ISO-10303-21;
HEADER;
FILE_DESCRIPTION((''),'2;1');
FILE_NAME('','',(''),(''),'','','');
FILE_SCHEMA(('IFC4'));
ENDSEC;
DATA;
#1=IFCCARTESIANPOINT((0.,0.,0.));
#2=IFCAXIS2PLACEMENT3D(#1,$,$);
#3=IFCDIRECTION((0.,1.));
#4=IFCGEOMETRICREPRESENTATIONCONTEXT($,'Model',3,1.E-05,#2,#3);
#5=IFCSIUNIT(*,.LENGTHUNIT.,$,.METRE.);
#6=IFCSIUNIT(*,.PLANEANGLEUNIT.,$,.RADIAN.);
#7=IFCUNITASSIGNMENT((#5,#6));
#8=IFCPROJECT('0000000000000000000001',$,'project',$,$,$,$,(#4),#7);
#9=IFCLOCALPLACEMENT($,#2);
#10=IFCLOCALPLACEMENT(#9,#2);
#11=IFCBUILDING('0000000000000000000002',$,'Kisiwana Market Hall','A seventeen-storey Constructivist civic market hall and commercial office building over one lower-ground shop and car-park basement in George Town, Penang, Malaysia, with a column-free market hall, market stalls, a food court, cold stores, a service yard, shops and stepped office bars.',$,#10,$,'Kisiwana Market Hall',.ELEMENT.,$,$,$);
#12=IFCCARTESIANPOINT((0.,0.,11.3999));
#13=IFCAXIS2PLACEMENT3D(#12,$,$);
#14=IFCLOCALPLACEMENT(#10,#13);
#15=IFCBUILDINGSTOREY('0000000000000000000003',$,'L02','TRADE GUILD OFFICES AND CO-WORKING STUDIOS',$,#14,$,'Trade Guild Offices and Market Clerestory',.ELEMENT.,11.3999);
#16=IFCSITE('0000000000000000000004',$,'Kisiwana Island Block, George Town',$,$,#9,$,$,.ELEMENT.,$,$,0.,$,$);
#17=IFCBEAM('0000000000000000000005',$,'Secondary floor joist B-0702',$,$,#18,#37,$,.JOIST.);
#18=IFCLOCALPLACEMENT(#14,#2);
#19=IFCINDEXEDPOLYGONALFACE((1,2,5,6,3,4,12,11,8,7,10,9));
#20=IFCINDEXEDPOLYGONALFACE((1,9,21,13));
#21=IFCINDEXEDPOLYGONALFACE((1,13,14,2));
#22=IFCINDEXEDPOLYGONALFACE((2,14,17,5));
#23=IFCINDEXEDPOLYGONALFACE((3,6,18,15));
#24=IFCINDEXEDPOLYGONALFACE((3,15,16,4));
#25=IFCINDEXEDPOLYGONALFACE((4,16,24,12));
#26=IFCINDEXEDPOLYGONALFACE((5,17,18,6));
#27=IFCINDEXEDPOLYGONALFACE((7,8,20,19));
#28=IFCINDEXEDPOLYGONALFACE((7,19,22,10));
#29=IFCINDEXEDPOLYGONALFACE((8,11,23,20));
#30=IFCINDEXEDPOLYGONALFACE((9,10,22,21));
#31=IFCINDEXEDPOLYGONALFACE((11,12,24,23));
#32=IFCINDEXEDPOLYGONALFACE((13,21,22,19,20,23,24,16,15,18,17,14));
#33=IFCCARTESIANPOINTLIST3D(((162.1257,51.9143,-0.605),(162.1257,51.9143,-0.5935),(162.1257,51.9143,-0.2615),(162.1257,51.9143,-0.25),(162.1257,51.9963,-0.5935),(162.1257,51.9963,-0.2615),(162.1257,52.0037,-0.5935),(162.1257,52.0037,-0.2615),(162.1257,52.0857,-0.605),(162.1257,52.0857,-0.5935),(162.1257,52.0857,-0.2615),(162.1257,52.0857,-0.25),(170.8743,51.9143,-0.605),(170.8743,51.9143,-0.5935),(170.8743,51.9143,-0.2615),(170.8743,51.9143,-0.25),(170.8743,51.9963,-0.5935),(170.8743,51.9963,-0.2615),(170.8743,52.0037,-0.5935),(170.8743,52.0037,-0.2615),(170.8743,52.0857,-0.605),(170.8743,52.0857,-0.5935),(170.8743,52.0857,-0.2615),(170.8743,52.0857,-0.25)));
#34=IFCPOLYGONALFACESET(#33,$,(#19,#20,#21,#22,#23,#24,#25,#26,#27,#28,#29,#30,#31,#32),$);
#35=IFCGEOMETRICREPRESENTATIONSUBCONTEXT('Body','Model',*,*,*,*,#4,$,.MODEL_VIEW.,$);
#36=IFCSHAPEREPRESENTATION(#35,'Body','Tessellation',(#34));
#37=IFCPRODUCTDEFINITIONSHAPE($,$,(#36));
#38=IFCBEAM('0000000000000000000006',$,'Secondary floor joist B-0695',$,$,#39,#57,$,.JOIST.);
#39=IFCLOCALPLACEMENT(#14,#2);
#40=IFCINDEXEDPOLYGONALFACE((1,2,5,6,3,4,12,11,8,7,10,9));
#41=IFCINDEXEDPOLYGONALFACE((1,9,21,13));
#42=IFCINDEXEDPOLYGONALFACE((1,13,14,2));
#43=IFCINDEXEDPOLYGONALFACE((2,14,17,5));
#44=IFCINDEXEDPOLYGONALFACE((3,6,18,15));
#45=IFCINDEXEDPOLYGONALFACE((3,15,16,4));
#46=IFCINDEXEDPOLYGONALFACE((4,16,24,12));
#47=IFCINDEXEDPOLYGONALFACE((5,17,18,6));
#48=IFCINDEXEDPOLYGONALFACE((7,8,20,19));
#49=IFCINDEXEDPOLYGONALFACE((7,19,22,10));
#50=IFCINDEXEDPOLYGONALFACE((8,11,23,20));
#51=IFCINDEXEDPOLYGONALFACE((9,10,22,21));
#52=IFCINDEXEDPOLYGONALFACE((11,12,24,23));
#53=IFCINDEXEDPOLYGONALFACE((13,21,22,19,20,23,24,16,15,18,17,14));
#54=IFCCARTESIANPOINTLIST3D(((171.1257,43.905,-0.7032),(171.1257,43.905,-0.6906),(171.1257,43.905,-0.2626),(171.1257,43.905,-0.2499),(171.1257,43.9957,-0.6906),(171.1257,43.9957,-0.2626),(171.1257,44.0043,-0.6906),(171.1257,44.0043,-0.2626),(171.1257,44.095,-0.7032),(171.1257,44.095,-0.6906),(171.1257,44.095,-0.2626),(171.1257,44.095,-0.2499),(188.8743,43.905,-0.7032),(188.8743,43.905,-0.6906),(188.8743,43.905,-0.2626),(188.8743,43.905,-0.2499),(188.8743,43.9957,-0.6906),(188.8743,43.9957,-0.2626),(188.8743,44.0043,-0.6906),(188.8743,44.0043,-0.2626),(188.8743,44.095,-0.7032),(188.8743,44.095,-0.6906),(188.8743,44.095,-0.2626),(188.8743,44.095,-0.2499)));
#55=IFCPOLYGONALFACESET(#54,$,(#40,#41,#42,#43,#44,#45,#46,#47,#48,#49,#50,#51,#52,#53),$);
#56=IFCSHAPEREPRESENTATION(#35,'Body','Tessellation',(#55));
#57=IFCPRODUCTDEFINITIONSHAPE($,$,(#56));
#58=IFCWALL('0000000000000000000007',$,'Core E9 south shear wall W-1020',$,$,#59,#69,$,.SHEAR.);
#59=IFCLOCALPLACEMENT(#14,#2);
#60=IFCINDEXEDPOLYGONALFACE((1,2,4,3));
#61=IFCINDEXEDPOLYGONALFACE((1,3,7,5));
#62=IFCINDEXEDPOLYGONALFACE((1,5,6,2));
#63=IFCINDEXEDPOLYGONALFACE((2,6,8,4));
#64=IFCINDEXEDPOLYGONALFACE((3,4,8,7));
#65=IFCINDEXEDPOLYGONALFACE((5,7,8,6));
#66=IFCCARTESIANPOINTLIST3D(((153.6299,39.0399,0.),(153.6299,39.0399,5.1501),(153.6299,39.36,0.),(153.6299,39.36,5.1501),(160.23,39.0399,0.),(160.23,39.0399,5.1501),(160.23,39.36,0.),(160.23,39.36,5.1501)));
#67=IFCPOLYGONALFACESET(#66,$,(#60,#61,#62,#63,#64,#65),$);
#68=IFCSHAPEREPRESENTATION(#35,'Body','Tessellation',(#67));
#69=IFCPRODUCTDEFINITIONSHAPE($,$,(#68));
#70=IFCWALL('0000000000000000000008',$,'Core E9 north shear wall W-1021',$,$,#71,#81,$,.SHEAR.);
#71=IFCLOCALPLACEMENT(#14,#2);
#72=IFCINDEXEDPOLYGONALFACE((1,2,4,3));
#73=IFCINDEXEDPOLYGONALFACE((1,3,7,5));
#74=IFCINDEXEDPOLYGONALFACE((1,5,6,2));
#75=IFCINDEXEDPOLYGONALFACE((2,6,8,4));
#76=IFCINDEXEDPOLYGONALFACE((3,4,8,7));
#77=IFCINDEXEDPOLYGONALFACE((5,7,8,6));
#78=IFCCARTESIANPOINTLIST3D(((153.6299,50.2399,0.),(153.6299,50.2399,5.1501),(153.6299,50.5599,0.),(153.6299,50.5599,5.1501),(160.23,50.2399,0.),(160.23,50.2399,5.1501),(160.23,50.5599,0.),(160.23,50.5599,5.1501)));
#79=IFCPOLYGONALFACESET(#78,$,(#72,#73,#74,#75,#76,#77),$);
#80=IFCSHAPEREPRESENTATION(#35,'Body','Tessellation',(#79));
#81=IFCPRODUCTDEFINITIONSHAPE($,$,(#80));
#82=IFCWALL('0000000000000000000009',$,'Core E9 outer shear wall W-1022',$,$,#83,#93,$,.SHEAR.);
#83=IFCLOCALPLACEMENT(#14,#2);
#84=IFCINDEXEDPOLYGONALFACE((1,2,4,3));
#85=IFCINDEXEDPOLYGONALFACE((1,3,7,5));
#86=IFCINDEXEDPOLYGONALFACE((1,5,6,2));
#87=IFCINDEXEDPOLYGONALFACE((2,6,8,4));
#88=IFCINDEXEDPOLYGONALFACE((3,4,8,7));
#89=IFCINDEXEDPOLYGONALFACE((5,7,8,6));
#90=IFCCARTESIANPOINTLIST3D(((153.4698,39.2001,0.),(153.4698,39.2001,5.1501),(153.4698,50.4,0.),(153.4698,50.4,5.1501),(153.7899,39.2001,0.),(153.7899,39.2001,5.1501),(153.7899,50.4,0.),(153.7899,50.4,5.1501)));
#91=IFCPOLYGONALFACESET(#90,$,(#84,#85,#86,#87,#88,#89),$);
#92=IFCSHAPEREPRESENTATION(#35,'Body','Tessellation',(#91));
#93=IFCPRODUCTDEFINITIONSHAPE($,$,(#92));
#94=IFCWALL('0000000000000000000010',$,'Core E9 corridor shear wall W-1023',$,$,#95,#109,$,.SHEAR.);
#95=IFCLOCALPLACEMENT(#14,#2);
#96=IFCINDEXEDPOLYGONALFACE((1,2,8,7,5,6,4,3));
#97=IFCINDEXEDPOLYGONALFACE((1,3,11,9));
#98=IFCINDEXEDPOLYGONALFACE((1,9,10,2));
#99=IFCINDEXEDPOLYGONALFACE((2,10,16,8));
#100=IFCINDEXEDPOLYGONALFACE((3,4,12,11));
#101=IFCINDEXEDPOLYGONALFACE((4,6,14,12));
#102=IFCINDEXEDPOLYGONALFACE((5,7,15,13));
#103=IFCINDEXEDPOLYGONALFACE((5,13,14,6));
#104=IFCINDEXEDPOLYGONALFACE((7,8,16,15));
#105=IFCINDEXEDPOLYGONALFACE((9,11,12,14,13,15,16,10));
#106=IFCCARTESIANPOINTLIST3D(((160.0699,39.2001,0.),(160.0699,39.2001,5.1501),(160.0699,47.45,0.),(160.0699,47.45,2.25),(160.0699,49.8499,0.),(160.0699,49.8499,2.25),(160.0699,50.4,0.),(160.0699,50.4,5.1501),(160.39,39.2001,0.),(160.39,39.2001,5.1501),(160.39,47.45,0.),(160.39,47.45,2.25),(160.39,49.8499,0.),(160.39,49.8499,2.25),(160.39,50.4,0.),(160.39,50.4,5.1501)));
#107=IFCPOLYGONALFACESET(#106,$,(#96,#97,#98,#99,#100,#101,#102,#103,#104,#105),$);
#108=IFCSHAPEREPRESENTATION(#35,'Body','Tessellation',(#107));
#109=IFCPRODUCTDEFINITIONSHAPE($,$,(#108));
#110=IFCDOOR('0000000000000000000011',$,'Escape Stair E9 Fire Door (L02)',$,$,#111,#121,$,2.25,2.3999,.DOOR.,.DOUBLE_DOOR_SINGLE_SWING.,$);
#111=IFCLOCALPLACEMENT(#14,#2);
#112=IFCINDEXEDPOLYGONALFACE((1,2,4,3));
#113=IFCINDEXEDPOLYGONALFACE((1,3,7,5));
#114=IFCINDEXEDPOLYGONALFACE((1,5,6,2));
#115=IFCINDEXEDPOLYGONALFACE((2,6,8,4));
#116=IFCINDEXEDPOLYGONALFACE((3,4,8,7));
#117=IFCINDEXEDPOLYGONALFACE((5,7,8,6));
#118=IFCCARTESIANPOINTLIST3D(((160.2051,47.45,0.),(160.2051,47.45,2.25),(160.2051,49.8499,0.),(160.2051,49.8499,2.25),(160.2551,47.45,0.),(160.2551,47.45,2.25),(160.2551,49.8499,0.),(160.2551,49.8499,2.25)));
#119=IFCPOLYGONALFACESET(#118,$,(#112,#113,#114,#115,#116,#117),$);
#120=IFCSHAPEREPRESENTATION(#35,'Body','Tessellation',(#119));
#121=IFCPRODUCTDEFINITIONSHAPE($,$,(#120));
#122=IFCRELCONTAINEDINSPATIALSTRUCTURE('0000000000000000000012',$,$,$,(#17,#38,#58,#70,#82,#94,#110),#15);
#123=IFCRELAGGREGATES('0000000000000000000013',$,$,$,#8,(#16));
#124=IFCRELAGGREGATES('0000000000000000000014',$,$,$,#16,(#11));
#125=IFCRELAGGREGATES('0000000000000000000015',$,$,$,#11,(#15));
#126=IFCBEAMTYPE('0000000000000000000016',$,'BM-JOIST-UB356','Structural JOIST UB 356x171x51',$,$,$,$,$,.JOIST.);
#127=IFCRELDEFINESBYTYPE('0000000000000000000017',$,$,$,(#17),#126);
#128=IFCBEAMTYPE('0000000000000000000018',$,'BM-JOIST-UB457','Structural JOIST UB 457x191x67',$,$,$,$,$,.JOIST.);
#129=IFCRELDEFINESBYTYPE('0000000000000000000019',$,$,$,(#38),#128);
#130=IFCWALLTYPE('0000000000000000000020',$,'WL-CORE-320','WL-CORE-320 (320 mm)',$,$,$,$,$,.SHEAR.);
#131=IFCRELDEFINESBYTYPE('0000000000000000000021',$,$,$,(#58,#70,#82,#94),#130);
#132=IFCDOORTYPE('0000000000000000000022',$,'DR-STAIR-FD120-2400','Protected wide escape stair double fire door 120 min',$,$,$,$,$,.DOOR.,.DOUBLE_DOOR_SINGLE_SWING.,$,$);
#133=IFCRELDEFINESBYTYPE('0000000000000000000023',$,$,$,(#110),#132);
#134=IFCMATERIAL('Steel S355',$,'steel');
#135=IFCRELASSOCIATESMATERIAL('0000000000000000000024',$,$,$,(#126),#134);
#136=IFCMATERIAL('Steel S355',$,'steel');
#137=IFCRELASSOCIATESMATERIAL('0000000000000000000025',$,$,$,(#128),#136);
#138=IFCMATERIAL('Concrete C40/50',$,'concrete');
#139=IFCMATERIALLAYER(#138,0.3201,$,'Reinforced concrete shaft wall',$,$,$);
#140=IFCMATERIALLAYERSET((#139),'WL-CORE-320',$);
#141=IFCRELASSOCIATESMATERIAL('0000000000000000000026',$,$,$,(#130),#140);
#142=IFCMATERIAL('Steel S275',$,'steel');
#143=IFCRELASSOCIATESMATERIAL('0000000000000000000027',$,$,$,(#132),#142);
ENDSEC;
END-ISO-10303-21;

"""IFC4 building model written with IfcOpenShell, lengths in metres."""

from ifc_helpers import new_model, si_unit, direction, frame, frame_2d, origin, origin_2d, place, context, subcontext, project, spatial, rectangle, i_section, extrude, material, layer, layer_set, material_profile, profile_set, type_object, element, fill, save


model = new_model("IFC4")

# Units and contexts
model_context = context("Model", 3, precision=1e-05, world=origin(), true_north=direction((0.0, 1.0)))
body_context = subcontext(model_context, "Body", "Model", "MODEL_VIEW")
ifc_project = project(units=[si_unit("LENGTHUNIT", "METRE"), si_unit("PLANEANGLEUNIT", "RADIAN")], contexts=[model_context])

# Site, building, storey
site_placement = place(None, origin())
site = spatial("IfcSite", under=ifc_project, at=site_placement, Name="Kisiwana Island Block, George Town", CompositionType="ELEMENT", RefElevation=0.0)
building_placement = place(site_placement, origin())
building = spatial("IfcBuilding", under=site, at=building_placement, Name="Kisiwana Market Hall", Description="A seventeen-storey Constructivist civic market hall and commercial office building over one lower-ground shop and car-park basement in George Town, Penang, Malaysia, with a column-free market hall, market stalls, a food court, cold stores, a service yard, shops and stepped office bars.", LongName="Kisiwana Market Hall", CompositionType="ELEMENT")
storey_placement = place(building_placement, frame((0.0, 0.0, 11.3999)))
storey = spatial("IfcBuildingStorey", under=building, at=storey_placement, Name="L02", Description="TRADE GUILD OFFICES AND CO-WORKING STUDIOS", LongName="Trade Guild Offices and Market Clerestory", CompositionType="ELEMENT", Elevation=11.3999)

# Beams
ifc_material_1 = material(Name="Steel S355", Category="steel")
ifc_material_profile_1 = material_profile(ifc_material_1, i_section(OverallWidth=0.1714, OverallDepth=0.355, WebThickness=0.0073, FlangeThickness=0.0115, at=origin_2d()), Name="UB 356x171x51")
ifc_profile_set_1 = profile_set([ifc_material_profile_1], Name="Steel S355")
beam_type_1 = type_object("IfcBeamType", Name="BM-JOIST-UB356", Description="Structural JOIST UB 356x171x51", PredefinedType="JOIST", material=ifc_profile_set_1)
for number, where, z_axis, x_axis, name in (
    (1, (162.1257, 52.0, -0.4275), (1.0, 0.0, 0.0), (0.0, 1.0, 0.0), "Secondary floor joist B-0702"),
):
    element("IfcBeam", number, at=place(storey_placement, frame(where, z_axis=z_axis, x_axis=x_axis)), inside=storey, type_object=beam_type_1, Name=name, PredefinedType="JOIST", context=body_context, shape_type="SweptSolid", body=[
        extrude(i_section(OverallWidth=0.1714, OverallDepth=0.355, WebThickness=0.0073, FlangeThickness=0.0115, at=origin_2d()), origin(), (0.0, 0.0, 1.0), 8.7485),
    ])
ifc_material_2 = material(Name="Steel S355", Category="steel")
ifc_material_profile_2 = material_profile(ifc_material_2, i_section(OverallWidth=0.1899, OverallDepth=0.4534, WebThickness=0.0085, FlangeThickness=0.0127, at=origin_2d()), Name="UB 457x191x67")
ifc_profile_set_2 = profile_set([ifc_material_profile_2], Name="Steel S355")
beam_type_2 = type_object("IfcBeamType", Name="BM-JOIST-UB457", Description="Structural JOIST UB 457x191x67", PredefinedType="JOIST", material=ifc_profile_set_2)
beam_1_placement = place(storey_placement, frame((171.1257, 44.0, -0.4766), z_axis=(1.0, 0.0, 0.0), x_axis=(0.0, 1.0, 0.0)))
element("IfcBeam", 2, at=beam_1_placement, inside=storey, type_object=beam_type_2, Name="Secondary floor joist B-0695", PredefinedType="JOIST", context=body_context, shape_type="SweptSolid", body=[
    extrude(i_section(OverallWidth=0.1899, OverallDepth=0.4534, WebThickness=0.0085, FlangeThickness=0.0127, at=origin_2d()), origin(), (0.0, 0.0, 1.0), 17.7485),
])

# Walls
ifc_material_3 = material(Name="Concrete C40/50", Category="concrete")
ifc_layer = layer(ifc_material_3, 0.3201, Name="Reinforced concrete shaft wall")
ifc_layer_set = layer_set([ifc_layer], Name="WL-CORE-320")
wall_type = type_object("IfcWallType", Name="WL-CORE-320", Description="WL-CORE-320 (320 mm)", PredefinedType="SHEAR", material=ifc_layer_set)
for number, where, z_axis, x_axis, name in (
    (3, (153.6299, 39.2, 0.0), (0.0, 0.0, 1.0), (1.0, 0.0, 0.0), "Core E9 south shear wall W-1020"),
    (4, (153.6299, 50.3999, 0.0), (0.0, 0.0, 1.0), (1.0, 0.0, 0.0), "Core E9 north shear wall W-1021"),
):
    element("IfcWall", number, at=place(storey_placement, frame(where, z_axis=z_axis, x_axis=x_axis)), inside=storey, type_object=wall_type, Name=name, PredefinedType="SHEAR", context=body_context, shape_type="SweptSolid", body=[
        extrude(rectangle(XDim=6.6001, YDim=0.3201, at=frame_2d((3.3, 0.0))), origin(), (0.0, 0.0, 1.0), 5.1501),
    ])
wall_1_placement = place(storey_placement, frame((153.6299, 39.2, 0.0), z_axis=(0.0, 0.0, 1.0), x_axis=(0.0, 1.0, 0.0)))
element("IfcWall", 5, at=wall_1_placement, inside=storey, type_object=wall_type, Name="Core E9 outer shear wall W-1022", PredefinedType="SHEAR", context=body_context, shape_type="SweptSolid", body=[
    extrude(rectangle(XDim=11.2, YDim=0.3201, at=frame_2d((5.6001, 0.0))), origin(), (0.0, 0.0, 1.0), 5.1501),
])

# Wall, opening, door
wall_2_placement = place(storey_placement, frame((160.23, 39.2, 0.0), z_axis=(0.0, 0.0, 1.0), x_axis=(0.0, 1.0, 0.0)))
wall_2 = element("IfcWall", 6, at=wall_2_placement, inside=storey, type_object=wall_type, Name="Core E9 corridor shear wall W-1023", PredefinedType="SHEAR", context=body_context, shape_type="SweptSolid", body=[
    extrude(rectangle(XDim=11.2, YDim=0.3201, at=frame_2d((5.6001, 0.0))), origin(), (0.0, 0.0, 1.0), 5.1501),
])
opening_placement = place(wall_2_placement, frame((8.25, 0.0, 0.0)))
opening = element("IfcOpeningElement", 7, at=opening_placement, cuts=wall_2, PredefinedType="OPENING", context=body_context, shape_type="SweptSolid", body=[
    extrude(rectangle(XDim=2.3999, YDim=2.25, at=frame_2d((1.2, 1.125))), frame((0.0, 0.1719, 0.0), z_axis=(0.0, -1.0, 0.0), x_axis=(1.0, 0.0, 0.0)), (0.0, 0.0, 1.0), 0.344),
])
ifc_material_4 = material(Name="Steel S275", Category="steel")
door_type = type_object("IfcDoorType", Name="DR-STAIR-FD120-2400", Description="Protected wide escape stair double fire door 120 min", OperationType="DOUBLE_DOOR_SINGLE_SWING", PredefinedType="DOOR", material=ifc_material_4)
door_placement = place(opening_placement, origin())
door = element("IfcDoor", 8, at=door_placement, inside=storey, type_object=door_type, Name="Escape Stair E9 Fire Door (L02)", OperationType="DOUBLE_DOOR_SINGLE_SWING", OverallHeight=2.25, OverallWidth=2.3999, PredefinedType="DOOR", context=body_context, shape_type="SweptSolid", body=[
    extrude(rectangle(XDim=2.3999, YDim=2.25, at=frame_2d((1.2, 1.125))), frame((0.0, 0.0249, 0.0), z_axis=(0.0, -1.0, 0.0), x_axis=(1.0, 0.0, 0.0)), (0.0, 0.0, 1.0), 0.05),
])
fill(opening, door)

save(model, "model.ifc")
